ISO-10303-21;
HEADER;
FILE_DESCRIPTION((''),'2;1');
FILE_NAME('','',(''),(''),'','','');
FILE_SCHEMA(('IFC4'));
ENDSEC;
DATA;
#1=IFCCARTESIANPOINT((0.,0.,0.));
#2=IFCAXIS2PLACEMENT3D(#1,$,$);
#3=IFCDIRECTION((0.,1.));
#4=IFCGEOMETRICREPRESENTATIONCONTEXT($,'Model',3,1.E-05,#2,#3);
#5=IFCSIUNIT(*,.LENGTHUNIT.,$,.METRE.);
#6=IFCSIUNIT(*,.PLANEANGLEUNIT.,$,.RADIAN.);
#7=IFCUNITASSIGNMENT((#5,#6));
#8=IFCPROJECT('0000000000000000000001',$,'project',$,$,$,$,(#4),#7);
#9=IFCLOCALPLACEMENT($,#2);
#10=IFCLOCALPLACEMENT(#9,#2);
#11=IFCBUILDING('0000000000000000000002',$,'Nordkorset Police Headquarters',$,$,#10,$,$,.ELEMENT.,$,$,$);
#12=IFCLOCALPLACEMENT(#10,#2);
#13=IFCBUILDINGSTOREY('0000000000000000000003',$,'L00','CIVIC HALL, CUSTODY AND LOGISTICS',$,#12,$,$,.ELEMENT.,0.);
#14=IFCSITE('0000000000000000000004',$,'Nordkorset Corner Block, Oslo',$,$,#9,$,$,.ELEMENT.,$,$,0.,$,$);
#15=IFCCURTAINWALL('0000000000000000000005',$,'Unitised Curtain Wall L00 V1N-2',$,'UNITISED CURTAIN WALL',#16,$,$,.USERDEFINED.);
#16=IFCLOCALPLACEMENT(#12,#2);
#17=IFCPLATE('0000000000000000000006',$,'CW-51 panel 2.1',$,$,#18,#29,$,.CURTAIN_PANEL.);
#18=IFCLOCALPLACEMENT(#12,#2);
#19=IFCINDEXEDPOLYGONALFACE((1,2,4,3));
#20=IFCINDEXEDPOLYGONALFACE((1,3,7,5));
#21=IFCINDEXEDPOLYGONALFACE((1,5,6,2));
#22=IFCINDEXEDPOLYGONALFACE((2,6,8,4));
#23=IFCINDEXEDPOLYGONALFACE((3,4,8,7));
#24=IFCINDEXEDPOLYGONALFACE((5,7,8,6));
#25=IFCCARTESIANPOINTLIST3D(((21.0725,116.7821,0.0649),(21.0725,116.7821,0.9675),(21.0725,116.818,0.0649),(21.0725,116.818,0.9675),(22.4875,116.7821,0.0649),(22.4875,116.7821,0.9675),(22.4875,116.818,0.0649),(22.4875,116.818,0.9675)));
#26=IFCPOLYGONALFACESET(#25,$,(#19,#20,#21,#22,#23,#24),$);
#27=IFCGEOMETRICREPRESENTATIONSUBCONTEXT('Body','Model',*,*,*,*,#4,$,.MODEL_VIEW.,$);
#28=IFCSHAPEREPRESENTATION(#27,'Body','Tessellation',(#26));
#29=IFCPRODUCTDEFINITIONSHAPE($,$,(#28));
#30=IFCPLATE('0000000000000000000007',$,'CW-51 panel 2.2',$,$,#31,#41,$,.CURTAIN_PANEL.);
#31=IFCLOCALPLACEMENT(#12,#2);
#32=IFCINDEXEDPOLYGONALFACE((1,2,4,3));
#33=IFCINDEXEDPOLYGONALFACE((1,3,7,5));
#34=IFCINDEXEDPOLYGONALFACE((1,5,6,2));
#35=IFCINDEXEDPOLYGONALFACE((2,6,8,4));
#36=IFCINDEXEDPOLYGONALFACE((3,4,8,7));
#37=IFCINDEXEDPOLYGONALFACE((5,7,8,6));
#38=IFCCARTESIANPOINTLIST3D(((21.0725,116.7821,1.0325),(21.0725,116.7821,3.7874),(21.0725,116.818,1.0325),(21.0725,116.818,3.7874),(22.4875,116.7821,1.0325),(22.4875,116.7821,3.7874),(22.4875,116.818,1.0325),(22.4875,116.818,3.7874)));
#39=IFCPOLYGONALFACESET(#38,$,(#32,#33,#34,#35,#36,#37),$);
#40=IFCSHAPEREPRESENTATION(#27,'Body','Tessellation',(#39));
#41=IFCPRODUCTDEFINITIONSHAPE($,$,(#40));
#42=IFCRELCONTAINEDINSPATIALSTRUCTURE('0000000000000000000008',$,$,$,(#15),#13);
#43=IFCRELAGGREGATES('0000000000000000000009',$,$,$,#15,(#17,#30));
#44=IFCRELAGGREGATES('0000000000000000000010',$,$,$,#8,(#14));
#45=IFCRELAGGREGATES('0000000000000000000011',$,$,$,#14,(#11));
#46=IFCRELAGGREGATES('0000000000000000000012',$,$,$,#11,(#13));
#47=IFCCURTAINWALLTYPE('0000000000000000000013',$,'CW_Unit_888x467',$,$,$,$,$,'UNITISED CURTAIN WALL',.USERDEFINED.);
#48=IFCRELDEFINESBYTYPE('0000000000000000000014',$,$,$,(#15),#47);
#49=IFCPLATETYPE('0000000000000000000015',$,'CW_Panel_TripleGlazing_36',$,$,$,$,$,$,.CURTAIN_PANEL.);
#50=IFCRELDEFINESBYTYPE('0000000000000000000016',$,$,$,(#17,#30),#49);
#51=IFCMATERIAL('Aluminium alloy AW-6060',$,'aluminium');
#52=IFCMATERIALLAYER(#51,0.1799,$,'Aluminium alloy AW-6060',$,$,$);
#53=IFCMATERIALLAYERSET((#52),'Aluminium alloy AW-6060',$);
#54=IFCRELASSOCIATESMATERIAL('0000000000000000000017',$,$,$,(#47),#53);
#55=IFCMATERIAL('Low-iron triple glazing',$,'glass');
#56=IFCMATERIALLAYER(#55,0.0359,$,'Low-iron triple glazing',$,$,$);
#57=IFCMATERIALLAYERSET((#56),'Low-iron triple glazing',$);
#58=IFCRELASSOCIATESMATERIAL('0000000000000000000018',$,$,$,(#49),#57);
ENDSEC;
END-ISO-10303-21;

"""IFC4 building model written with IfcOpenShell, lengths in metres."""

from ifc_helpers import new_model, si_unit, direction, frame, origin, origin_2d, place, context, subcontext, project, spatial, rectangle, extrude, material, layer, layer_set, type_object, element, aggregate, save


model = new_model("IFC4")

# Units and contexts
model_context = context("Model", 3, precision=1e-05, world=origin(), true_north=direction((0.0, 1.0)))
body_context = subcontext(model_context, "Body", "Model", "MODEL_VIEW")
ifc_project = project(units=[si_unit("LENGTHUNIT", "METRE"), si_unit("PLANEANGLEUNIT", "RADIAN")], contexts=[model_context])

# Site, building, storey
site_placement = place(None, origin())
site = spatial("IfcSite", under=ifc_project, at=site_placement, Name="Nordkorset Corner Block, Oslo", CompositionType="ELEMENT", RefElevation=0.0)
building_placement = place(site_placement, origin())
building = spatial("IfcBuilding", under=site, at=building_placement, Name="Nordkorset Police Headquarters", CompositionType="ELEMENT")
storey_placement = place(building_placement, origin())
storey = spatial("IfcBuildingStorey", under=building, at=storey_placement, Name="L00", Description="CIVIC HALL, CUSTODY AND LOGISTICS", CompositionType="ELEMENT", Elevation=0.0)

# Curtain wall
ifc_material_1 = material(Name="Aluminium alloy AW-6060", Category="aluminium")
ifc_layer_1 = layer(ifc_material_1, 0.1799, Name="Aluminium alloy AW-6060")
ifc_layer_set_1 = layer_set([ifc_layer_1], Name="Aluminium alloy AW-6060")
curtain_wall_type = type_object("IfcCurtainWallType", Name="CW_Unit_888x467", ElementType="UNITISED CURTAIN WALL", PredefinedType="USERDEFINED", material=ifc_layer_set_1)
curtain_wall_placement = place(storey_placement, origin())
curtain_wall = element("IfcCurtainWall", 1, at=curtain_wall_placement, inside=storey, type_object=curtain_wall_type, Name="Unitised Curtain Wall L00 V1N-2", ObjectType="UNITISED CURTAIN WALL", PredefinedType="USERDEFINED")

# Plates
ifc_material_2 = material(Name="Low-iron triple glazing", Category="glass")
ifc_layer_2 = layer(ifc_material_2, 0.0359, Name="Low-iron triple glazing")
ifc_layer_set_2 = layer_set([ifc_layer_2], Name="Low-iron triple glazing")
plate_type = type_object("IfcPlateType", Name="CW_Panel_TripleGlazing_36", PredefinedType="CURTAIN_PANEL", material=ifc_layer_set_2)
plate_1_placement = place(storey_placement, frame((21.78, 116.8, 0.0649), z_axis=(0.0, 0.0, 1.0), x_axis=(1.0, 0.0, 0.0)))
plate_1 = element("IfcPlate", 2, at=plate_1_placement, type_object=plate_type, Name="CW-51 panel 2.1", PredefinedType="CURTAIN_PANEL", context=body_context, shape_type="SweptSolid", body=[
    extrude(rectangle(XDim=1.415, YDim=0.0359, at=origin_2d()), origin(), (0.0, 0.0, 1.0), 0.9026),
])
plate_2_placement = place(storey_placement, frame((21.78, 116.8, 1.0325), z_axis=(0.0, 0.0, 1.0), x_axis=(1.0, 0.0, 0.0)))
plate_2 = element("IfcPlate", 3, at=plate_2_placement, type_object=plate_type, Name="CW-51 panel 2.2", PredefinedType="CURTAIN_PANEL", context=body_context, shape_type="SweptSolid", body=[
    extrude(rectangle(XDim=1.415, YDim=0.0359, at=origin_2d()), origin(), (0.0, 0.0, 1.0), 2.7549),
])
aggregate(curtain_wall, [plate_1, plate_2])

save(model, "model.ifc")
